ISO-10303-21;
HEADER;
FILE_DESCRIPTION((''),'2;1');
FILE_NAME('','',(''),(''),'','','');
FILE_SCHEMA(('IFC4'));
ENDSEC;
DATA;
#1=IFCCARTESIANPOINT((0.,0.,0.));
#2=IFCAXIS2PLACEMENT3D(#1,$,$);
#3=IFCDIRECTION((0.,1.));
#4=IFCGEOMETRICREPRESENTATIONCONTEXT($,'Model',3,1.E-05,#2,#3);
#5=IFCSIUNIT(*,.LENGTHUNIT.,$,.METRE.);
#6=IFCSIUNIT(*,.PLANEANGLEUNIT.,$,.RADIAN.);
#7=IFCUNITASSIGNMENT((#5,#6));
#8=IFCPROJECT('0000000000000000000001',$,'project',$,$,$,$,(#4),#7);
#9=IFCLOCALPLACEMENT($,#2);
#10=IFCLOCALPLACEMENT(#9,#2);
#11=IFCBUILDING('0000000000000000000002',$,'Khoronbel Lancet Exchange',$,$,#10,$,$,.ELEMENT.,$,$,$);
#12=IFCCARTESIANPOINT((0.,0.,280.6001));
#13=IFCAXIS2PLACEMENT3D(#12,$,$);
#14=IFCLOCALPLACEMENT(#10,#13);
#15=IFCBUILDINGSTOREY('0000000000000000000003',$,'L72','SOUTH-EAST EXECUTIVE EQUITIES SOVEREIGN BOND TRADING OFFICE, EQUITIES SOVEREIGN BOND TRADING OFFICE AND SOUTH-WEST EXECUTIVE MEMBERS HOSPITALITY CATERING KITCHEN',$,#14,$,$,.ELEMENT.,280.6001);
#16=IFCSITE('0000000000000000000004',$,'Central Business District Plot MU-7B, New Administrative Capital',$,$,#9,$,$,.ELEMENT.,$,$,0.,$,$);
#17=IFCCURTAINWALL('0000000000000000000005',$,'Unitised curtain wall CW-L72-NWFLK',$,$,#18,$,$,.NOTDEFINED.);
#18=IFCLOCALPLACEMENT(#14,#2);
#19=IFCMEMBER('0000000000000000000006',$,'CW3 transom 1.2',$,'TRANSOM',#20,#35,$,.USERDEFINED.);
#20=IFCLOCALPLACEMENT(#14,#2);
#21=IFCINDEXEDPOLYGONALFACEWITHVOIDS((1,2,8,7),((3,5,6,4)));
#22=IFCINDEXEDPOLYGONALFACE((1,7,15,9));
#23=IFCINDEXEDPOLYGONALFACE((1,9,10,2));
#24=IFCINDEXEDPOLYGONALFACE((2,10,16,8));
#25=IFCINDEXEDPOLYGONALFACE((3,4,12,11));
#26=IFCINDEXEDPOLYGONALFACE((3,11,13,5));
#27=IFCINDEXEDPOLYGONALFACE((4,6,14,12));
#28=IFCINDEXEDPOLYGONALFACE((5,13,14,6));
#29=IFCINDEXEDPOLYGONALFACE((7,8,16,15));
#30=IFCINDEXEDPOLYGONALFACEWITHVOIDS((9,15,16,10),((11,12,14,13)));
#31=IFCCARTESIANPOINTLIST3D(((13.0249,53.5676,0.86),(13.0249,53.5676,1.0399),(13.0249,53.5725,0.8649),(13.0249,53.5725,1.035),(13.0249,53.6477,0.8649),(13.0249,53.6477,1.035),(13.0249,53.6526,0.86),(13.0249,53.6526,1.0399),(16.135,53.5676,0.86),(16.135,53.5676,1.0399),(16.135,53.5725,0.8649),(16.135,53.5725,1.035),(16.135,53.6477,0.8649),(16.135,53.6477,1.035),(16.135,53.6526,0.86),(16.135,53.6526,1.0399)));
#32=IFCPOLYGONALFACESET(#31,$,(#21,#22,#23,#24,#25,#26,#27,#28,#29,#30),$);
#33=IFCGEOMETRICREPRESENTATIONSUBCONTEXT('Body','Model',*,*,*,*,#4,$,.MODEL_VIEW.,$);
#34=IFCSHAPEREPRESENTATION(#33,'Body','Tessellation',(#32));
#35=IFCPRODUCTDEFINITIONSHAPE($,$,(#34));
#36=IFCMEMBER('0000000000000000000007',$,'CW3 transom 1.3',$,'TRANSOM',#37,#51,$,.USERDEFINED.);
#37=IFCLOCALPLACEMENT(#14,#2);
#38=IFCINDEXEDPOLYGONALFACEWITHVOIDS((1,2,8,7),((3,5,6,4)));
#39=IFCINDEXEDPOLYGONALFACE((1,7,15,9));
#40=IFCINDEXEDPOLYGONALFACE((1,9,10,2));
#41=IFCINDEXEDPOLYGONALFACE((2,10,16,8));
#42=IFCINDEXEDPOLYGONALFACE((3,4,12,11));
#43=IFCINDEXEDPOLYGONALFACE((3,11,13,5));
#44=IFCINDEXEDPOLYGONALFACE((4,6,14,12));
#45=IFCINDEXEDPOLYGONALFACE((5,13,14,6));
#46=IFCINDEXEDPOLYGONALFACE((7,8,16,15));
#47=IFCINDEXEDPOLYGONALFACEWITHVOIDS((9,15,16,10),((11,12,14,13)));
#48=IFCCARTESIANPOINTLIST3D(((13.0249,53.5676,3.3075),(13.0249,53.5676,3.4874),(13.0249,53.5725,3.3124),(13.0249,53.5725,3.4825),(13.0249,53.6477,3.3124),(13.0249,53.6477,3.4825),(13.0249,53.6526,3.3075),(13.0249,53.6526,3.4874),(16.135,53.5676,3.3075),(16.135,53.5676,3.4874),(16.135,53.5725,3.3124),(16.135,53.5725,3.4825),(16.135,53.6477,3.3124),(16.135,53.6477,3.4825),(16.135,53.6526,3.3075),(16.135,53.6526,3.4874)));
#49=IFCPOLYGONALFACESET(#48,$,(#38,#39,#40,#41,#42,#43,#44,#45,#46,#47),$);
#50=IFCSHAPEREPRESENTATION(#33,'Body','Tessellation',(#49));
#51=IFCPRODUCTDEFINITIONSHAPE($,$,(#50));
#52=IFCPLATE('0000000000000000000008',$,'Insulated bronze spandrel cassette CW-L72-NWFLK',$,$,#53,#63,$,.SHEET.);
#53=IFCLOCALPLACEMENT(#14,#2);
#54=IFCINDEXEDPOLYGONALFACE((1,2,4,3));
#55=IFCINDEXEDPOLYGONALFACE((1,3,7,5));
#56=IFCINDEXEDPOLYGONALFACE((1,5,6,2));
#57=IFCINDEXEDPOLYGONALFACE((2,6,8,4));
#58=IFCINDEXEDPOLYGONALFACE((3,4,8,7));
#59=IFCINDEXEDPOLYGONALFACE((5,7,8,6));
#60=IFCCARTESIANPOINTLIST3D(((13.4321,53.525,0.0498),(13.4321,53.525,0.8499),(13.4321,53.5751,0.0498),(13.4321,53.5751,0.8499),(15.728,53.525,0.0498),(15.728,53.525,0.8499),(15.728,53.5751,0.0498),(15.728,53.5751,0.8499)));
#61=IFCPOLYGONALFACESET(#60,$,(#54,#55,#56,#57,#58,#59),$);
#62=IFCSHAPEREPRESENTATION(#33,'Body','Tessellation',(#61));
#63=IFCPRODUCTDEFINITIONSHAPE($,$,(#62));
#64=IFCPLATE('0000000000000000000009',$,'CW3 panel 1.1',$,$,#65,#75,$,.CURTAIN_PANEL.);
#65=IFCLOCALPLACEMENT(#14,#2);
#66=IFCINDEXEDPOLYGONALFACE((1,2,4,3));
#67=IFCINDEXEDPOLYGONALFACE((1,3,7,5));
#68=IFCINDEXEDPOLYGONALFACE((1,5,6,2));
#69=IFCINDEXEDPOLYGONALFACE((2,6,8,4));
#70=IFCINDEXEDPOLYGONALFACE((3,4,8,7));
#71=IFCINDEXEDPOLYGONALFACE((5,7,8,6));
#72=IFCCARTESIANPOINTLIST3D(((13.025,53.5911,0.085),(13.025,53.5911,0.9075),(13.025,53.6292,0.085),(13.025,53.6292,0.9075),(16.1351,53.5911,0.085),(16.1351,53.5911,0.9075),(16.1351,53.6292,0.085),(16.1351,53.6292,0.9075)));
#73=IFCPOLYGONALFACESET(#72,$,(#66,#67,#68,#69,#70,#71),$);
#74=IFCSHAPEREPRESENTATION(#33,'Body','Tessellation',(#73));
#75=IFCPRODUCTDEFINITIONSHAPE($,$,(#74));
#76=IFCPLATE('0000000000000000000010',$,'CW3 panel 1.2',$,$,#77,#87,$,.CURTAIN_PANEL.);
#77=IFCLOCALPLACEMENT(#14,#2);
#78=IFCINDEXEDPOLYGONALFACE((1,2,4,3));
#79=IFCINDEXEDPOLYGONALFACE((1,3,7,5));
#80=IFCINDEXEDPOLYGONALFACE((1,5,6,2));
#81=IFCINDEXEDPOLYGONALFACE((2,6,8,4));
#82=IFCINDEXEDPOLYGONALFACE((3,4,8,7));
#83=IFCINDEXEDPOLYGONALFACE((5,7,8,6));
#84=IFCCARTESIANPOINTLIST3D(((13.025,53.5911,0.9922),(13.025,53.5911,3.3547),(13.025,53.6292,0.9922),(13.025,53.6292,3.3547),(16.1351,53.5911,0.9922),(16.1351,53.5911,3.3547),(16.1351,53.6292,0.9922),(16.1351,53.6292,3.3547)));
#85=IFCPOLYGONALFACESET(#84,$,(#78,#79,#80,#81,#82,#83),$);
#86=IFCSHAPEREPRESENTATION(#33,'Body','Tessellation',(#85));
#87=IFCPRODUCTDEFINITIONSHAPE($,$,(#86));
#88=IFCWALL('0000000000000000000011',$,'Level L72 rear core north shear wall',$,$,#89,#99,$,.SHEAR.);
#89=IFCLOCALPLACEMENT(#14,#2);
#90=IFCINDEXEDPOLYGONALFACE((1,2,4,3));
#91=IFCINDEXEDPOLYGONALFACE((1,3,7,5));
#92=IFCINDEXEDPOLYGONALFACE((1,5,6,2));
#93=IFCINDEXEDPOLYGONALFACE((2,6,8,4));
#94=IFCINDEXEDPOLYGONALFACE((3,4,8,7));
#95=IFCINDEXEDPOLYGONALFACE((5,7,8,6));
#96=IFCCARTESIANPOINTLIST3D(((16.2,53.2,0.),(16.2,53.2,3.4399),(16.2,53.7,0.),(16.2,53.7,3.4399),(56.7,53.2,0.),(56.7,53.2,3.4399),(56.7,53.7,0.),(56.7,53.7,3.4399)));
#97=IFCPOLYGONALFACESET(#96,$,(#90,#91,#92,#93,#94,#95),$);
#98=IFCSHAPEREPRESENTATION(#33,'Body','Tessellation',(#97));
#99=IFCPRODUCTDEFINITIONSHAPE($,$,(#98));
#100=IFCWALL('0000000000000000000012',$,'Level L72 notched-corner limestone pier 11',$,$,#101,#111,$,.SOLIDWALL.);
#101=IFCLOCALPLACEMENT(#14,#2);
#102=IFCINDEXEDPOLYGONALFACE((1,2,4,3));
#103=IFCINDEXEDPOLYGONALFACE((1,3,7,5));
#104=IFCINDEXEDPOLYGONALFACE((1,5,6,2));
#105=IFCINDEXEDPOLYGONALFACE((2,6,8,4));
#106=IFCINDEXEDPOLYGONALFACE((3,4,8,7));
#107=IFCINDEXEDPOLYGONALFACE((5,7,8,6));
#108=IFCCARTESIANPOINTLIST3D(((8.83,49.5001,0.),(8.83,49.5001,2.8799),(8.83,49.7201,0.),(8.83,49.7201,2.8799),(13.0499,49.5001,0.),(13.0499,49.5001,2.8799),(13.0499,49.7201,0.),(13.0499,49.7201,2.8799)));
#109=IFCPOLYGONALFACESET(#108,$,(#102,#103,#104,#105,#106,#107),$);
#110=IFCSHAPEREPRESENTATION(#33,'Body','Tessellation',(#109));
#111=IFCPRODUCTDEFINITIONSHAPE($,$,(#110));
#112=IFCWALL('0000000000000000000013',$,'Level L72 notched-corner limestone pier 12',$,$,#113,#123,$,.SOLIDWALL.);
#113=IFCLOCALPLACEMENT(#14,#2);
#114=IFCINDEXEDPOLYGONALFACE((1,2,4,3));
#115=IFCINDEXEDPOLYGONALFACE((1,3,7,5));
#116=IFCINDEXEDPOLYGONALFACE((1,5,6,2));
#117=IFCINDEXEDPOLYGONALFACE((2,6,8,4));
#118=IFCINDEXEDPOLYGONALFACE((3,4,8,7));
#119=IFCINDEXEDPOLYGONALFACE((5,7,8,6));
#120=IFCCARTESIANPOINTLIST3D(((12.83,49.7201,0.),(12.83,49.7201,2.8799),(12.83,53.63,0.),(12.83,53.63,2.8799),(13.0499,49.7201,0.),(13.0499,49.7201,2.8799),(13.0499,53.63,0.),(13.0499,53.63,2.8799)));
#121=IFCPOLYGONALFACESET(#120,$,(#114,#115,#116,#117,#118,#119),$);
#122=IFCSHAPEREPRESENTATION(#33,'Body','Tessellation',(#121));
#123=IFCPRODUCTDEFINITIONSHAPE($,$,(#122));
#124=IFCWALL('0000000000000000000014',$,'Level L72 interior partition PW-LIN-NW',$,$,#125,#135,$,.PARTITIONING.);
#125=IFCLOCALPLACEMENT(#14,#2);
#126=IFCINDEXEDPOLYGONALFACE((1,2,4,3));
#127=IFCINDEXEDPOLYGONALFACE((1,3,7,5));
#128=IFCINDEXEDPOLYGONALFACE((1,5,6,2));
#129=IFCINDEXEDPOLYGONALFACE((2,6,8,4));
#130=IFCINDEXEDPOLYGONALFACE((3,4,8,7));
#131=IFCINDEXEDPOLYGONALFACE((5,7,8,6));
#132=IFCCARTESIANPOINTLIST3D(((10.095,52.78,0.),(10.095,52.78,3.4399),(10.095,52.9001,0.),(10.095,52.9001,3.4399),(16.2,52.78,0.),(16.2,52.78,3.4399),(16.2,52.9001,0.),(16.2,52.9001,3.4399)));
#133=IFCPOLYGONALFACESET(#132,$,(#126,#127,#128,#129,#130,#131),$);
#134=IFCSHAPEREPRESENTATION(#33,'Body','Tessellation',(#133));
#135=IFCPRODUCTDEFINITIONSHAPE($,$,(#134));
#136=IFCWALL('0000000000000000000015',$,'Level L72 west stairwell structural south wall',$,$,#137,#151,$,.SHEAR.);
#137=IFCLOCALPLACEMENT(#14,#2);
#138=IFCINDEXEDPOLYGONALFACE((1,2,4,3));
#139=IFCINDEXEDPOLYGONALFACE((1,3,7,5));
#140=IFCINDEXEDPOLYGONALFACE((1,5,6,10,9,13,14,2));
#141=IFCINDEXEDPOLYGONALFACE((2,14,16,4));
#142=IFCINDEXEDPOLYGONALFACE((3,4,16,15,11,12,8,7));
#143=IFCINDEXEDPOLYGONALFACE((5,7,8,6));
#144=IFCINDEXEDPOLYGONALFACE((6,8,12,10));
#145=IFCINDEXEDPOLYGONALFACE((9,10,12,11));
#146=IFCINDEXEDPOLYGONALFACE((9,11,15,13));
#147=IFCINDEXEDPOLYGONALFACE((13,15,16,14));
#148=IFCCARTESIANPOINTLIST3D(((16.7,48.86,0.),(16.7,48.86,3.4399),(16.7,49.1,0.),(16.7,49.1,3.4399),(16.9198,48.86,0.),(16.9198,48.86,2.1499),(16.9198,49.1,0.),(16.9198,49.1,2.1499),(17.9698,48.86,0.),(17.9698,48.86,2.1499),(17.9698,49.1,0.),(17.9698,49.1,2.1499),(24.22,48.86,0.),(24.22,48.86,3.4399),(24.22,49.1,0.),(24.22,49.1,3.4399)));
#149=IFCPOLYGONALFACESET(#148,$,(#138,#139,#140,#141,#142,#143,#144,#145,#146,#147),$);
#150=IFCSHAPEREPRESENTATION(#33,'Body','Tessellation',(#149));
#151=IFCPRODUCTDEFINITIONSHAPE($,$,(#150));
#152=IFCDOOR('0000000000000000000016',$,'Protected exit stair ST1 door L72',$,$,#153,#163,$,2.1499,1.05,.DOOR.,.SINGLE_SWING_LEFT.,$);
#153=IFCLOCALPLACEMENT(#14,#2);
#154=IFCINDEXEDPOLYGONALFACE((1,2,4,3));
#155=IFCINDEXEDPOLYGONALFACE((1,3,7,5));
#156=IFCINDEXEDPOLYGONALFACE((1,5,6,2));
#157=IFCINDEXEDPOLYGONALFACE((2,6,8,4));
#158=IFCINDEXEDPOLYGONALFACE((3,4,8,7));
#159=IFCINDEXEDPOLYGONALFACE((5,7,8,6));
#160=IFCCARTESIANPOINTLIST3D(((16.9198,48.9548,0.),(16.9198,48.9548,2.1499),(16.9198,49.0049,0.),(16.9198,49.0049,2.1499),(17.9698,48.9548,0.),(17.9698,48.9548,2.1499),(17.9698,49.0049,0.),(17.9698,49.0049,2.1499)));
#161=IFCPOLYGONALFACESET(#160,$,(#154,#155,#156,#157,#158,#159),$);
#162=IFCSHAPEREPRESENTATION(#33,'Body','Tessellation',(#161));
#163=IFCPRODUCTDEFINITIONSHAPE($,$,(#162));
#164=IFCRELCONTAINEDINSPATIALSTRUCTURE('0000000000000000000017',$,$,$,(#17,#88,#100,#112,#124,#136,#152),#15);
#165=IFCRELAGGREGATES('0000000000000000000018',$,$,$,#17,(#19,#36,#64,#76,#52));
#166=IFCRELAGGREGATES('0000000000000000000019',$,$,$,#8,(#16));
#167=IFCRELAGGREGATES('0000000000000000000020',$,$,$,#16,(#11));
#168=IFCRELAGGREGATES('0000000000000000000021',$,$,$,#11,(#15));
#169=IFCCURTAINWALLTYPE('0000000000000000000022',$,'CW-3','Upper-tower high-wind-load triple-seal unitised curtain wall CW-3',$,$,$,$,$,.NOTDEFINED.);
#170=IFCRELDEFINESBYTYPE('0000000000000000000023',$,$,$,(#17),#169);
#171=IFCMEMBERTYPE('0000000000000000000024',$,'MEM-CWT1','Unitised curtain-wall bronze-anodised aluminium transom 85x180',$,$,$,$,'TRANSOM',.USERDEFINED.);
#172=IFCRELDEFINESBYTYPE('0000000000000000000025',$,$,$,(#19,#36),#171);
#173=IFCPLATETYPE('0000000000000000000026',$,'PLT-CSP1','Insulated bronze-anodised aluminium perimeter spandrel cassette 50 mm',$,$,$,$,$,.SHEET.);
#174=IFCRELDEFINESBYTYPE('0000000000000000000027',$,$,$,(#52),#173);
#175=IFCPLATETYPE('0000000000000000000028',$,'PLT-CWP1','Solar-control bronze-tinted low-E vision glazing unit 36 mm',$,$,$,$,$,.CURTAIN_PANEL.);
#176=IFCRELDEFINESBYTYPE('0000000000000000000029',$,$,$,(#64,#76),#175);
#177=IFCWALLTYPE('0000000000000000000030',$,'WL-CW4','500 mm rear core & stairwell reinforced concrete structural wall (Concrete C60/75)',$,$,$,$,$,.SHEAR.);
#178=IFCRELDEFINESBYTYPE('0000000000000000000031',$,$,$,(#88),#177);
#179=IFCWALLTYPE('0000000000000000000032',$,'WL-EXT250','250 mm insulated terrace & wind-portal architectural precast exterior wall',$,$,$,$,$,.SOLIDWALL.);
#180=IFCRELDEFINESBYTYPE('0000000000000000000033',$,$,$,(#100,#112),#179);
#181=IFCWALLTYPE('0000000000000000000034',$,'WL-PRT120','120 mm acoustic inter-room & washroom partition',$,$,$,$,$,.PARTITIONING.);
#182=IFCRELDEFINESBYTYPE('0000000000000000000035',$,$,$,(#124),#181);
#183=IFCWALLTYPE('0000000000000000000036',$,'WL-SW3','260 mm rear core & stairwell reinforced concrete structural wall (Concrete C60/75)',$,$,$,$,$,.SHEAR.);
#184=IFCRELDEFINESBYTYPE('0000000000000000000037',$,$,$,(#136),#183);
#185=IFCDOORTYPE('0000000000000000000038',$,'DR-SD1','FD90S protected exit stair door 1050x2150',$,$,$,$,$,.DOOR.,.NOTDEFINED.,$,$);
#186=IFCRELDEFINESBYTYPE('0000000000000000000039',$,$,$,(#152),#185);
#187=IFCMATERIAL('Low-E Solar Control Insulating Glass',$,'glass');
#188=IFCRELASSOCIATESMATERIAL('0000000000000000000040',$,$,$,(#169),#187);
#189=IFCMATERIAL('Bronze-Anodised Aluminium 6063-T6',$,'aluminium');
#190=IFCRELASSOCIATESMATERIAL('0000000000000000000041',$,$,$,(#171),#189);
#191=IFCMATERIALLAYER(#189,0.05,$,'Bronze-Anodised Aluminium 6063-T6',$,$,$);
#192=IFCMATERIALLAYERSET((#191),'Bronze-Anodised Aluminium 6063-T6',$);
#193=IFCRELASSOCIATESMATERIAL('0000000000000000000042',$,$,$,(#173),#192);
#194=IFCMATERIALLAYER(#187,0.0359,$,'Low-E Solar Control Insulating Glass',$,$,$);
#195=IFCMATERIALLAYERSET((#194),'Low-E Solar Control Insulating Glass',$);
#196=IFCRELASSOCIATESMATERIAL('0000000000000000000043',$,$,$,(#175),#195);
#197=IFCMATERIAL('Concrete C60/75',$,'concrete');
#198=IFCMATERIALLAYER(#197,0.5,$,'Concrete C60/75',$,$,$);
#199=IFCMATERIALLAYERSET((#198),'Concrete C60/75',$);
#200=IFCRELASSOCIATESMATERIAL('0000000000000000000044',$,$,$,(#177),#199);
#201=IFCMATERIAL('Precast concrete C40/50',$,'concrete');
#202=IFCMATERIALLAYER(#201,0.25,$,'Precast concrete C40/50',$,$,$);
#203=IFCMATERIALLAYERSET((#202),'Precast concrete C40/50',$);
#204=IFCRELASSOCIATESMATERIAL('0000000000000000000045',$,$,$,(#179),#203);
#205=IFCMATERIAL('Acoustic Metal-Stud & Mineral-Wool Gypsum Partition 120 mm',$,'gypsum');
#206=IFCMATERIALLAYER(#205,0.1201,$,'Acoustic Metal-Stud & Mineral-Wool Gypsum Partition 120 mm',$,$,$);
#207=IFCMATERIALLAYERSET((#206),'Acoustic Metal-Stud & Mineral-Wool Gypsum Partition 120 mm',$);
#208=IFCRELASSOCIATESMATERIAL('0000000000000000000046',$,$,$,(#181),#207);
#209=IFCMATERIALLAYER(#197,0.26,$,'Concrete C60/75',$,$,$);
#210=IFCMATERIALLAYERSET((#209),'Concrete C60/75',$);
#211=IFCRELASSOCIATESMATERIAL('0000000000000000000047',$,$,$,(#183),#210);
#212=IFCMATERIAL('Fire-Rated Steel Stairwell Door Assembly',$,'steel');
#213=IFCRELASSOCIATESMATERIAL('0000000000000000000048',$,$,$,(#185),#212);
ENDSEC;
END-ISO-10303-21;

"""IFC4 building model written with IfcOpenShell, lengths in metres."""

from ifc_helpers import new_model, si_unit, direction, frame, frame_2d, origin, origin_2d, place, context, subcontext, project, spatial, rectangle, hollow_rectangle, extrude, material, layer, layer_set, material_profile, profile_set, type_object, element, fill, aggregate, save


model = new_model("IFC4")

# Units and contexts
model_context = context("Model", 3, precision=1e-05, world=origin(), true_north=direction((0.0, 1.0)))
body_context = subcontext(model_context, "Body", "Model", "MODEL_VIEW")
ifc_project = project(units=[si_unit("LENGTHUNIT", "METRE"), si_unit("PLANEANGLEUNIT", "RADIAN")], contexts=[model_context])

# Site, building, storey
site_placement = place(None, origin())
site = spatial("IfcSite", under=ifc_project, at=site_placement, Name="Central Business District Plot MU-7B, New Administrative Capital", CompositionType="ELEMENT", RefElevation=0.0)
building_placement = place(site_placement, origin())
building = spatial("IfcBuilding", under=site, at=building_placement, Name="Khoronbel Lancet Exchange", CompositionType="ELEMENT")
storey_placement = place(building_placement, frame((0.0, 0.0, 280.6001)))
storey = spatial("IfcBuildingStorey", under=building, at=storey_placement, Name="L72", Description="SOUTH-EAST EXECUTIVE EQUITIES SOVEREIGN BOND TRADING OFFICE, EQUITIES SOVEREIGN BOND TRADING OFFICE AND SOUTH-WEST EXECUTIVE MEMBERS HOSPITALITY CATERING KITCHEN", CompositionType="ELEMENT", Elevation=280.6001)

# Curtain wall, members, plates
ifc_material_1 = material(Name="Low-E Solar Control Insulating Glass", Category="glass")
curtain_wall_type = type_object("IfcCurtainWallType", Name="CW-3", Description="Upper-tower high-wind-load triple-seal unitised curtain wall CW-3", PredefinedType="NOTDEFINED", material=ifc_material_1)
curtain_wall_placement = place(storey_placement, origin())
curtain_wall = element("IfcCurtainWall", 1, at=curtain_wall_placement, inside=storey, type_object=curtain_wall_type, Name="Unitised curtain wall CW-L72-NWFLK", PredefinedType="NOTDEFINED")
ifc_material_2 = material(Name="Bronze-Anodised Aluminium 6063-T6", Category="aluminium")
ifc_material_profile_1 = material_profile(ifc_material_2, hollow_rectangle(XDim=0.085, YDim=0.1799, WallThickness=0.0049, at=origin_2d()), Name="ALU TRANSOM 85x180")
ifc_profile_set_1 = profile_set([ifc_material_profile_1], Name="Bronze-Anodised Aluminium 6063-T6")
member_type_1 = type_object("IfcMemberType", Name="MEM-CWT1", Description="Unitised curtain-wall bronze-anodised aluminium transom 85x180", ElementType="TRANSOM", PredefinedType="USERDEFINED", material=ifc_profile_set_1)
member_1_placement = place(storey_placement, frame((16.135, 53.6101, 0.95), z_axis=(-1.0, 0.0, 0.0), x_axis=(0.0, -1.0, 0.0)))
member_1 = element("IfcMember", 2, at=member_1_placement, type_object=member_type_1, Name="CW3 transom 1.2", ObjectType="TRANSOM", PredefinedType="USERDEFINED", context=body_context, shape_type="SweptSolid", body=[
    extrude(hollow_rectangle(XDim=0.085, YDim=0.1799, WallThickness=0.0049, at=origin_2d()), origin(), (0.0, 0.0, 1.0), 3.1101),
])
member_2_placement = place(storey_placement, frame((16.135, 53.6101, 3.3975), z_axis=(-1.0, 0.0, 0.0), x_axis=(0.0, -1.0, 0.0)))
member_2 = element("IfcMember", 3, at=member_2_placement, type_object=member_type_1, Name="CW3 transom 1.3", ObjectType="TRANSOM", PredefinedType="USERDEFINED", context=body_context, shape_type="SweptSolid", body=[
    extrude(hollow_rectangle(XDim=0.085, YDim=0.1799, WallThickness=0.0049, at=origin_2d()), origin(), (0.0, 0.0, 1.0), 3.1101),
])
ifc_layer_1 = layer(ifc_material_2, 0.05, Name="Bronze-Anodised Aluminium 6063-T6")
ifc_layer_set_1 = layer_set([ifc_layer_1], Name="Bronze-Anodised Aluminium 6063-T6")
plate_type_1 = type_object("IfcPlateType", Name="PLT-CSP1", Description="Insulated bronze-anodised aluminium perimeter spandrel cassette 50 mm", PredefinedType="SHEET", material=ifc_layer_set_1)
plate_1_placement = place(storey_placement, frame((14.5801, 53.55, 0.0498), z_axis=(0.0, 0.0, 1.0), x_axis=(-1.0, 0.0, 0.0)))
plate_1 = element("IfcPlate", 4, at=plate_1_placement, type_object=plate_type_1, Name="Insulated bronze spandrel cassette CW-L72-NWFLK", PredefinedType="SHEET", context=body_context, shape_type="SweptSolid", body=[
    extrude(rectangle(XDim=2.2959, YDim=0.05, at=origin_2d()), origin(), (0.0, 0.0, 1.0), 0.8),
])
ifc_layer_2 = layer(ifc_material_1, 0.0359, Name="Low-E Solar Control Insulating Glass")
ifc_layer_set_2 = layer_set([ifc_layer_2], Name="Low-E Solar Control Insulating Glass")
plate_type_2 = type_object("IfcPlateType", Name="PLT-CWP1", Description="Solar-control bronze-tinted low-E vision glazing unit 36 mm", PredefinedType="CURTAIN_PANEL", material=ifc_layer_set_2)
plate_2_placement = place(storey_placement, frame((14.5801, 53.6101, 0.085), z_axis=(0.0, 0.0, 1.0), x_axis=(-1.0, 0.0, 0.0)))
plate_2 = element("IfcPlate", 5, at=plate_2_placement, type_object=plate_type_2, Name="CW3 panel 1.1", PredefinedType="CURTAIN_PANEL", context=body_context, shape_type="SweptSolid", body=[
    extrude(rectangle(XDim=3.1101, YDim=0.0381, at=origin_2d()), origin(), (0.0, 0.0, 1.0), 0.8225),
])
plate_3_placement = place(storey_placement, frame((14.5801, 53.6101, 0.9922), z_axis=(0.0, 0.0, 1.0), x_axis=(-1.0, 0.0, 0.0)))
plate_3 = element("IfcPlate", 6, at=plate_3_placement, type_object=plate_type_2, Name="CW3 panel 1.2", PredefinedType="CURTAIN_PANEL", context=body_context, shape_type="SweptSolid", body=[
    extrude(rectangle(XDim=3.1101, YDim=0.0381, at=origin_2d()), origin(), (0.0, 0.0, 1.0), 2.3625),
])
aggregate(curtain_wall, [member_1, member_2, plate_2, plate_3, plate_1])

# Walls
ifc_material_3 = material(Name="Concrete C60/75", Category="concrete")
ifc_layer_3 = layer(ifc_material_3, 0.5, Name="Concrete C60/75")
ifc_layer_set_3 = layer_set([ifc_layer_3], Name="Concrete C60/75")
wall_type_1 = type_object("IfcWallType", Name="WL-CW4", Description="500 mm rear core & stairwell reinforced concrete structural wall (Concrete C60/75)", PredefinedType="SHEAR", material=ifc_layer_set_3)
wall_1_placement = place(storey_placement, frame((16.2, 53.45, 0.0), z_axis=(0.0, 0.0, 1.0), x_axis=(1.0, 0.0, 0.0)))
element("IfcWall", 7, at=wall_1_placement, inside=storey, type_object=wall_type_1, Name="Level L72 rear core north shear wall", PredefinedType="SHEAR", context=body_context, shape_type="SweptSolid", body=[
    extrude(rectangle(XDim=40.5, YDim=0.5, at=frame_2d((20.25, 0.0))), origin(), (0.0, 0.0, 1.0), 3.4399),
])
ifc_material_4 = material(Name="Precast concrete C40/50", Category="concrete")
ifc_layer_4 = layer(ifc_material_4, 0.25, Name="Precast concrete C40/50")
ifc_layer_set_4 = layer_set([ifc_layer_4], Name="Precast concrete C40/50")
wall_type_2 = type_object("IfcWallType", Name="WL-EXT250", Description="250 mm insulated terrace & wind-portal architectural precast exterior wall", PredefinedType="SOLIDWALL", material=ifc_layer_set_4)
wall_2_placement = place(storey_placement, frame((8.8301, 49.6101, 0.0), z_axis=(0.0, 0.0, 1.0), x_axis=(1.0, 0.0, 0.0)))
element("IfcWall", 8, at=wall_2_placement, inside=storey, type_object=wall_type_2, Name="Level L72 notched-corner limestone pier 11", PredefinedType="SOLIDWALL", context=body_context, shape_type="SweptSolid", body=[
    extrude(rectangle(XDim=4.22, YDim=0.22, at=frame_2d((2.1099, 0.0))), origin(), (0.0, 0.0, 1.0), 2.8799),
])
wall_3_placement = place(storey_placement, frame((12.9399, 49.72, 0.0), z_axis=(0.0, 0.0, 1.0), x_axis=(0.0, 1.0, 0.0)))
element("IfcWall", 9, at=wall_3_placement, inside=storey, type_object=wall_type_2, Name="Level L72 notched-corner limestone pier 12", PredefinedType="SOLIDWALL", context=body_context, shape_type="SweptSolid", body=[
    extrude(rectangle(XDim=3.9099, YDim=0.22, at=frame_2d((1.9551, 0.0))), origin(), (0.0, 0.0, 1.0), 2.8799),
])
ifc_material_5 = material(Name="Acoustic Metal-Stud & Mineral-Wool Gypsum Partition 120 mm", Category="gypsum")
ifc_layer_5 = layer(ifc_material_5, 0.1201, Name="Acoustic Metal-Stud & Mineral-Wool Gypsum Partition 120 mm")
ifc_layer_set_5 = layer_set([ifc_layer_5], Name="Acoustic Metal-Stud & Mineral-Wool Gypsum Partition 120 mm")
wall_type_3 = type_object("IfcWallType", Name="WL-PRT120", Description="120 mm acoustic inter-room & washroom partition", PredefinedType="PARTITIONING", material=ifc_layer_set_5)
wall_4_placement = place(storey_placement, frame((10.095, 52.8401, 0.0), z_axis=(0.0, 0.0, 1.0), x_axis=(1.0, 0.0, 0.0)))
element("IfcWall", 10, at=wall_4_placement, inside=storey, type_object=wall_type_3, Name="Level L72 interior partition PW-LIN-NW", PredefinedType="PARTITIONING", context=body_context, shape_type="SweptSolid", body=[
    extrude(rectangle(XDim=6.105, YDim=0.1201, at=frame_2d((3.0525, 0.0))), origin(), (0.0, 0.0, 1.0), 3.4399),
])

# Wall, opening, door
ifc_layer_6 = layer(ifc_material_3, 0.26, Name="Concrete C60/75")
ifc_layer_set_6 = layer_set([ifc_layer_6], Name="Concrete C60/75")
wall_type_4 = type_object("IfcWallType", Name="WL-SW3", Description="260 mm rear core & stairwell reinforced concrete structural wall (Concrete C60/75)", PredefinedType="SHEAR", material=ifc_layer_set_6)
wall_5_placement = place(storey_placement, frame((16.7, 48.98, 0.0), z_axis=(0.0, 0.0, 1.0), x_axis=(1.0, 0.0, 0.0)))
wall_5 = element("IfcWall", 11, at=wall_5_placement, inside=storey, type_object=wall_type_4, Name="Level L72 west stairwell structural south wall", PredefinedType="SHEAR", context=body_context, shape_type="SweptSolid", body=[
    extrude(rectangle(XDim=7.52, YDim=0.24, at=frame_2d((3.76, 0.0))), origin(), (0.0, 0.0, 1.0), 3.4399),
])
opening_placement = place(wall_5_placement, frame((0.22, 0.0, 0.0)))
opening = element("IfcOpeningElement", 12, at=opening_placement, cuts=wall_5, PredefinedType="OPENING", context=body_context, shape_type="SweptSolid", body=[
    extrude(rectangle(XDim=1.05, YDim=2.1499, at=frame_2d((0.5249, 1.075))), frame((0.0, 0.1299, 0.0), z_axis=(0.0, -1.0, 0.0), x_axis=(1.0, 0.0, 0.0)), (0.0, 0.0, 1.0), 0.26),
])
ifc_material_6 = material(Name="Fire-Rated Steel Stairwell Door Assembly", Category="steel")
door_type = type_object("IfcDoorType", Name="DR-SD1", Description="FD90S protected exit stair door 1050x2150", OperationType="NOTDEFINED", PredefinedType="DOOR", material=ifc_material_6)
door_placement = place(opening_placement, origin())
door = element("IfcDoor", 13, at=door_placement, inside=storey, type_object=door_type, Name="Protected exit stair ST1 door L72", OperationType="SINGLE_SWING_LEFT", OverallHeight=2.1499, OverallWidth=1.05, PredefinedType="DOOR", context=body_context, shape_type="SweptSolid", body=[
    extrude(rectangle(XDim=1.05, YDim=2.1499, at=frame_2d((0.5249, 1.075))), frame((0.0, 0.0249, 0.0), z_axis=(0.0, -1.0, 0.0), x_axis=(1.0, 0.0, 0.0)), (0.0, 0.0, 1.0), 0.05),
])
fill(opening, door)

save(model, "model.ifc")
